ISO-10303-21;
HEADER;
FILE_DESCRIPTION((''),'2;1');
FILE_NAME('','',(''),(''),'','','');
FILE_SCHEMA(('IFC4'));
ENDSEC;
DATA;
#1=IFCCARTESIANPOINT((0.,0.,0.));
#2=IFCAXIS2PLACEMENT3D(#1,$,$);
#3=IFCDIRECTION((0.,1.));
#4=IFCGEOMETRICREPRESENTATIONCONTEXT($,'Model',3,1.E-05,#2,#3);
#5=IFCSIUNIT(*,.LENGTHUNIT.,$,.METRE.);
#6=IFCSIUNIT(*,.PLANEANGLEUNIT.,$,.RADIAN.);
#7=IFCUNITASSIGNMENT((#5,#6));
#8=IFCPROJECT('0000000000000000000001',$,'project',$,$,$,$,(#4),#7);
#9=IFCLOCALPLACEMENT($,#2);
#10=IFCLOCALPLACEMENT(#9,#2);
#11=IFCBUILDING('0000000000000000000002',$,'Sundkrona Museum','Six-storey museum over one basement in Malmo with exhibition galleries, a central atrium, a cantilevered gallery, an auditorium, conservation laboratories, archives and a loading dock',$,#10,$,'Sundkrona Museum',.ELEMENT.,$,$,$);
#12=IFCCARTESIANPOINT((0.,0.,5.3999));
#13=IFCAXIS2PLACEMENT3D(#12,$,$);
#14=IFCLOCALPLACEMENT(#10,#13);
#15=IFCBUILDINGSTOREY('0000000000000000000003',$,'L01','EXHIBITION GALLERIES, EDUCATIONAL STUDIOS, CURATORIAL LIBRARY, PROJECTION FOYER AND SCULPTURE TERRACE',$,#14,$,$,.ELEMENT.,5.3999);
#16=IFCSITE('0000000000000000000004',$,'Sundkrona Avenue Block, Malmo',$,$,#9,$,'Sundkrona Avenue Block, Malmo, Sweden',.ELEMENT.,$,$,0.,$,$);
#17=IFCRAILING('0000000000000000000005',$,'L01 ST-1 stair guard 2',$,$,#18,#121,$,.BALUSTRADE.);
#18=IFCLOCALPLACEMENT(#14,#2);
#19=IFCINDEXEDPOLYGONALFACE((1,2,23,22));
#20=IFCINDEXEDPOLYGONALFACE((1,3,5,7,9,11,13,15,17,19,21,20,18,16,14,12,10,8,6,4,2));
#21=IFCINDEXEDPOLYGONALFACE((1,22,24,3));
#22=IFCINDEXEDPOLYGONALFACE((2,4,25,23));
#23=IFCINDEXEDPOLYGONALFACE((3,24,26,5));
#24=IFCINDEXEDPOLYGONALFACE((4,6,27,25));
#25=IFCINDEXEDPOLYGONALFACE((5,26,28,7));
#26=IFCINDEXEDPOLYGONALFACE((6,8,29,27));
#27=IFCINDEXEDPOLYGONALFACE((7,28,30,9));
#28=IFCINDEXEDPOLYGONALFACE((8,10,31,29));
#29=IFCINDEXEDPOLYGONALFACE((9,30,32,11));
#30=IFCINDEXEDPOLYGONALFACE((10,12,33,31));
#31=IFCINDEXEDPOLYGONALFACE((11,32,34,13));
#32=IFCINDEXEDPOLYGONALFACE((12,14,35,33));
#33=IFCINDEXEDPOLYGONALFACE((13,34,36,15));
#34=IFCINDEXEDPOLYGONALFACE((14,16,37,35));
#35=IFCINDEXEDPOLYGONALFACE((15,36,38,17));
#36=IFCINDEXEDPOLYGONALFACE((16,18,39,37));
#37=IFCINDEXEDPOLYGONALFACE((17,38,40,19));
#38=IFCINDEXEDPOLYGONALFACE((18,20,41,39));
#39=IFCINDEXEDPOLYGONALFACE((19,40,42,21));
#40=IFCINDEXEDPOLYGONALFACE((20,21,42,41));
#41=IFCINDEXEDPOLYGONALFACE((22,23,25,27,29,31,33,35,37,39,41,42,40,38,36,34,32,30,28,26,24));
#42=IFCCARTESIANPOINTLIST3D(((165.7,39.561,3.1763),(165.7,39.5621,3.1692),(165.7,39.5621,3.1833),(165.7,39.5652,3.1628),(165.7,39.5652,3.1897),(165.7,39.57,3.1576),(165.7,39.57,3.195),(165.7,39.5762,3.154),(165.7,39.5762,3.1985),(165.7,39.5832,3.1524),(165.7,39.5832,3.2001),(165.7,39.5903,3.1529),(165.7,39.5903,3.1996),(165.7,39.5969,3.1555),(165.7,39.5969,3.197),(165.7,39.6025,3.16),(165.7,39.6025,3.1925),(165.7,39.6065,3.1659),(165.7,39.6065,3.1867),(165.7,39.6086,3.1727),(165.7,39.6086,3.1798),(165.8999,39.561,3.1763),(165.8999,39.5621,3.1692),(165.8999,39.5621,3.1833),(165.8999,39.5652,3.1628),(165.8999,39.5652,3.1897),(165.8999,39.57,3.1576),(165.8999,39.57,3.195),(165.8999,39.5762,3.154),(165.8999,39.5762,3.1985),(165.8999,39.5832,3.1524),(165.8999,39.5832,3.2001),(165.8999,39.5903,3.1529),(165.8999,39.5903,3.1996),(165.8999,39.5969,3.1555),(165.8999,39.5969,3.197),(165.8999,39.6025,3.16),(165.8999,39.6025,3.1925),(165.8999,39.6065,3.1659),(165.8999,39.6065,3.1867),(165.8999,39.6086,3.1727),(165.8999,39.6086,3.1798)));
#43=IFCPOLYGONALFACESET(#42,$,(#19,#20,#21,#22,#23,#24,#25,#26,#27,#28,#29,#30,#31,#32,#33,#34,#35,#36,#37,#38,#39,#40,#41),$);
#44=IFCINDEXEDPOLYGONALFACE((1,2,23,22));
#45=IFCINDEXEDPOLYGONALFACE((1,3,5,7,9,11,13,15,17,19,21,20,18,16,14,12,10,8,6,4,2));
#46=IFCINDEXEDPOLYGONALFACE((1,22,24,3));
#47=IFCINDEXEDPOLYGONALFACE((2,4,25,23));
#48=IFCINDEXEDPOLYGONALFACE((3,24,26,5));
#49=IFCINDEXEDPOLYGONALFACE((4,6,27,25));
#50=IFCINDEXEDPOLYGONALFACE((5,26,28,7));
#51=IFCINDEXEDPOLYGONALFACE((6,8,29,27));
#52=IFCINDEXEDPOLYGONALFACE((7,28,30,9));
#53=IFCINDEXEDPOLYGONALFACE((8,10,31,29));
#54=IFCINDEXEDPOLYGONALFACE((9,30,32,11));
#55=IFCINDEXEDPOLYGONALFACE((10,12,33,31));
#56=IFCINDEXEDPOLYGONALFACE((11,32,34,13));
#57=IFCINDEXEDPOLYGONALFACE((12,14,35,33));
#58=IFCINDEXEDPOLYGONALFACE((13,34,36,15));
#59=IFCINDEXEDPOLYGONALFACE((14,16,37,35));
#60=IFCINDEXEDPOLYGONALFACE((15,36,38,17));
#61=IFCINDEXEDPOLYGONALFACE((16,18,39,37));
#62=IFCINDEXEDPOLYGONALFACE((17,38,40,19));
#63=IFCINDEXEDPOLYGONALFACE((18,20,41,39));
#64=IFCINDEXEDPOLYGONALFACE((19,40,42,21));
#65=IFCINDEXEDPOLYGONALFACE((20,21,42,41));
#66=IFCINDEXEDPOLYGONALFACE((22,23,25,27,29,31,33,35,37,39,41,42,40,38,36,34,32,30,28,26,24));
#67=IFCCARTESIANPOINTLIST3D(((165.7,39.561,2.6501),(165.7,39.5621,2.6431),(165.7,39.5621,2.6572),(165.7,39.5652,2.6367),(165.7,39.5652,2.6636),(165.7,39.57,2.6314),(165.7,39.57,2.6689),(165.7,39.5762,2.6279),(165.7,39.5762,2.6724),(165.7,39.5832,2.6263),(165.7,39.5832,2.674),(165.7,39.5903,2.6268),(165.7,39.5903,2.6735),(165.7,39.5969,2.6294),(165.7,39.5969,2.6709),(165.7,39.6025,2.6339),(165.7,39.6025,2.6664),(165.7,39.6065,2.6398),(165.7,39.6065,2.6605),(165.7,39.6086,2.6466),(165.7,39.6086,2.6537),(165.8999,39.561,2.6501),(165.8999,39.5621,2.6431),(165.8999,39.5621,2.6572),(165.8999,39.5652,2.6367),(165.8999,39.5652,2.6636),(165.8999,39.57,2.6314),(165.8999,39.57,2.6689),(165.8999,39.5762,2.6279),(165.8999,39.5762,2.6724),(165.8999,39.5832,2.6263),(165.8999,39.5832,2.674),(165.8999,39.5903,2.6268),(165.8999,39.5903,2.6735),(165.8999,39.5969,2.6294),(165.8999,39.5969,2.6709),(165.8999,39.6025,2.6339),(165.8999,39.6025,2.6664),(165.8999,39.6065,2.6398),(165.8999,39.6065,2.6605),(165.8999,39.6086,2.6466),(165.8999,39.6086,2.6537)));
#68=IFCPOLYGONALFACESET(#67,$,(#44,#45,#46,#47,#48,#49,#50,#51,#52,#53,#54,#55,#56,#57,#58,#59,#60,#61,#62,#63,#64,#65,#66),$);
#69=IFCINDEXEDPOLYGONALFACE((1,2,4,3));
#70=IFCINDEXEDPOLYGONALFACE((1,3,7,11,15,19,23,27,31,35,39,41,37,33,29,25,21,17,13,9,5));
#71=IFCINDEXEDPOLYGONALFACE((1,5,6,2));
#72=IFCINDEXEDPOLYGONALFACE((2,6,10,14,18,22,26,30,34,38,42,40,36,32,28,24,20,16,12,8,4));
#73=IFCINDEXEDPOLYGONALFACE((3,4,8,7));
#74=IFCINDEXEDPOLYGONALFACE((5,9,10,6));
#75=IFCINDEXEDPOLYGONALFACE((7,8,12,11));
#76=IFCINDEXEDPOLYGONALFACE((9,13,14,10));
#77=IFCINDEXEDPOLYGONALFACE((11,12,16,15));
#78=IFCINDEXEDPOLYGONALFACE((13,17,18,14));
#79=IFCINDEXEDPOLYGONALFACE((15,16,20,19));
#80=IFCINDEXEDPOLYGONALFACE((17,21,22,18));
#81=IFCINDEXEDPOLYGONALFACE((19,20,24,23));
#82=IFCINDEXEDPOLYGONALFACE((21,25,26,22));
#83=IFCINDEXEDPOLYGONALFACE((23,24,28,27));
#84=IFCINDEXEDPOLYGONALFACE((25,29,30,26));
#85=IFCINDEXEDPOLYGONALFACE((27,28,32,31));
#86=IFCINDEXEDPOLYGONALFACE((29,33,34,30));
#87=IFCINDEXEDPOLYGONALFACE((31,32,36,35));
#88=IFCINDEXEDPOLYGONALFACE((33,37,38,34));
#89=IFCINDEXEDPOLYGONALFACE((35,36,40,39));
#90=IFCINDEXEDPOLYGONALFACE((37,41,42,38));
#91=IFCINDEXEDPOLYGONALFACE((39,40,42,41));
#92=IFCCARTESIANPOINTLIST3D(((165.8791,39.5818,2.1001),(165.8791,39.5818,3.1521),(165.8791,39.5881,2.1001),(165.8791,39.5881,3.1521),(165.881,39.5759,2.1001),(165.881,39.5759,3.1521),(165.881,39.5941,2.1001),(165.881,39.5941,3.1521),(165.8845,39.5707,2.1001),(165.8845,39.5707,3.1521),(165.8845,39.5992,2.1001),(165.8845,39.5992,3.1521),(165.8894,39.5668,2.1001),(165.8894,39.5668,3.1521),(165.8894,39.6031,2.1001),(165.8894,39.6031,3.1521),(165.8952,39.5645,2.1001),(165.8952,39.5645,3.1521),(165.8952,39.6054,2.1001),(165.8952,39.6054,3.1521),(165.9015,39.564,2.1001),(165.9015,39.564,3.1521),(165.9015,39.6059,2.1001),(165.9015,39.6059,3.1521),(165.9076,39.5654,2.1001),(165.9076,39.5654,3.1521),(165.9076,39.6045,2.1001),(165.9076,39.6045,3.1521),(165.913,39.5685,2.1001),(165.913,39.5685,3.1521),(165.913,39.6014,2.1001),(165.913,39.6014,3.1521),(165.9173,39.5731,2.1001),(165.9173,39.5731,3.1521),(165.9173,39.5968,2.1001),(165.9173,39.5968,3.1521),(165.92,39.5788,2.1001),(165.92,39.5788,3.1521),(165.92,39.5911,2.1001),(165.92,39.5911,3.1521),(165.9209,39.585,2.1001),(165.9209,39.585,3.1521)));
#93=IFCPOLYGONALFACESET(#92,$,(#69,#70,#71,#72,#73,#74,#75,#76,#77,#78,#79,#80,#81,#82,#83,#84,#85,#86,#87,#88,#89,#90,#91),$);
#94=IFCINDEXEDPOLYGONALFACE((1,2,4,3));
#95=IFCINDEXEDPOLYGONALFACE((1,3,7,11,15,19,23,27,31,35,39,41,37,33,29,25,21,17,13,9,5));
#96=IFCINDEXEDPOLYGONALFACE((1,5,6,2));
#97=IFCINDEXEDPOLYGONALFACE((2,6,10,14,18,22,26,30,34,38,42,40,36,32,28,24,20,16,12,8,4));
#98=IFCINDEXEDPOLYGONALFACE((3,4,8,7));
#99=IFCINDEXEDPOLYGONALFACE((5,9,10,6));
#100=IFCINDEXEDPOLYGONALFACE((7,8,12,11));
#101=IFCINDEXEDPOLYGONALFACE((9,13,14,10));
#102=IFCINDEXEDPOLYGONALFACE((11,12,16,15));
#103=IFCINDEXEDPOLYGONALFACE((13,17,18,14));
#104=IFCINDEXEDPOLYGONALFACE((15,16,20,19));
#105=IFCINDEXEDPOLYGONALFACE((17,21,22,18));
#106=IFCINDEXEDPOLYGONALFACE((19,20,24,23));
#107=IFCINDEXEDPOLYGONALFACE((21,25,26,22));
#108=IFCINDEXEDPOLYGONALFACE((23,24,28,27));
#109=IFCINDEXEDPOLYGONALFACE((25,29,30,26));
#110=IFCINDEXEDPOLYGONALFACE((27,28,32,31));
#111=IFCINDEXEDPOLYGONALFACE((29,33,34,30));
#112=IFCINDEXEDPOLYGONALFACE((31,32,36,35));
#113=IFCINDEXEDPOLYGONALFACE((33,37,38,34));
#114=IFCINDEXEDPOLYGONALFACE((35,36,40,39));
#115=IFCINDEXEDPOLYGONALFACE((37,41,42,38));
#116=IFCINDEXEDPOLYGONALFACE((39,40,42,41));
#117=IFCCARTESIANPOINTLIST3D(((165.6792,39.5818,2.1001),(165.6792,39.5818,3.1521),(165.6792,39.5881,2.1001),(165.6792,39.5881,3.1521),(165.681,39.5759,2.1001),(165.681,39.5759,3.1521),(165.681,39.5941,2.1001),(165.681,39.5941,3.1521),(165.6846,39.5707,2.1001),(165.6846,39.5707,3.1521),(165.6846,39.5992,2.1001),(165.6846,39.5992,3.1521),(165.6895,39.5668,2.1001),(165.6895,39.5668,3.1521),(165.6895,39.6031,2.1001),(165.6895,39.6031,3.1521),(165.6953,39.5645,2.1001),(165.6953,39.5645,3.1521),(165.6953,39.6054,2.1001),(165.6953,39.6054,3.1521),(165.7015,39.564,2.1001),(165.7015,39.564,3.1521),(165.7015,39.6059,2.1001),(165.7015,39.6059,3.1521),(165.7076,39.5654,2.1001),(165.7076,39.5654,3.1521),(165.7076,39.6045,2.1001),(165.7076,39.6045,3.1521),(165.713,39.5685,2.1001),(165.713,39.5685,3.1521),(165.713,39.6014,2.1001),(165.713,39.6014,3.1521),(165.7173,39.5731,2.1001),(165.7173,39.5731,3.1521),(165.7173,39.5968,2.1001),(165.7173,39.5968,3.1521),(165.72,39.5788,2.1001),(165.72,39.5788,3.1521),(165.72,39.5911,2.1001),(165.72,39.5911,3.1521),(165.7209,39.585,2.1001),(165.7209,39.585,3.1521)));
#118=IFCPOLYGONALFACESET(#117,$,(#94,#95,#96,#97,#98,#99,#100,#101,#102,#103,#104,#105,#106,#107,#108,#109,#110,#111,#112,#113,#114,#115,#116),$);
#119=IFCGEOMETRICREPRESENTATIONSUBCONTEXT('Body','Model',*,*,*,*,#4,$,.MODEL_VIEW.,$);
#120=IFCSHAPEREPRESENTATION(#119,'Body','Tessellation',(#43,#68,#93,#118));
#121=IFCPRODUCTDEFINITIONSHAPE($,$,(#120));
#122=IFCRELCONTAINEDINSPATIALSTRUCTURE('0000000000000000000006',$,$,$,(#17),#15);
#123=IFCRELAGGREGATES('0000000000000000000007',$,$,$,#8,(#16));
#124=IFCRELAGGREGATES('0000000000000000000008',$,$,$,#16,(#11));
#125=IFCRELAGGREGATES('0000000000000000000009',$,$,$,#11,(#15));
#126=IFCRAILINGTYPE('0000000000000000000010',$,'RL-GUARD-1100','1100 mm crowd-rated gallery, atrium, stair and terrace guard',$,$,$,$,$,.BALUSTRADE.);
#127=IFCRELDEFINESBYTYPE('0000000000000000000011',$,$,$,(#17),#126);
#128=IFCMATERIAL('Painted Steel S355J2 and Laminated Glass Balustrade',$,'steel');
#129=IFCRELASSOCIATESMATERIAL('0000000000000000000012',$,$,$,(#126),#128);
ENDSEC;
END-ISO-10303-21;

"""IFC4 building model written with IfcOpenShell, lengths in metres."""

from ifc_helpers import new_model, si_unit, direction, frame, origin, origin_2d, place, context, subcontext, project, spatial, circle, extrude, material, type_object, element, save


model = new_model("IFC4")

# Units and contexts
model_context = context("Model", 3, precision=1e-05, world=origin(), true_north=direction((0.0, 1.0)))
body_context = subcontext(model_context, "Body", "Model", "MODEL_VIEW")
ifc_project = project(units=[si_unit("LENGTHUNIT", "METRE"), si_unit("PLANEANGLEUNIT", "RADIAN")], contexts=[model_context])

# Site, building, storey
site_placement = place(None, origin())
site = spatial("IfcSite", under=ifc_project, at=site_placement, Name="Sundkrona Avenue Block, Malmo", LongName="Sundkrona Avenue Block, Malmo, Sweden", CompositionType="ELEMENT", RefElevation=0.0)
building_placement = place(site_placement, origin())
building = spatial("IfcBuilding", under=site, at=building_placement, Name="Sundkrona Museum", Description="Six-storey museum over one basement in Malmo with exhibition galleries, a central atrium, a cantilevered gallery, an auditorium, conservation laboratories, archives and a loading dock", LongName="Sundkrona Museum", CompositionType="ELEMENT")
storey_placement = place(building_placement, frame((0.0, 0.0, 5.3999)))
storey = spatial("IfcBuildingStorey", under=building, at=storey_placement, Name="L01", Description="EXHIBITION GALLERIES, EDUCATIONAL STUDIOS, CURATORIAL LIBRARY, PROJECTION FOYER AND SCULPTURE TERRACE", CompositionType="ELEMENT", Elevation=5.3999)

# Railing
ifc_material_1 = material(Name="Painted Steel S355J2 and Laminated Glass Balustrade", Category="steel")
railing_type_1 = type_object("IfcRailingType", Name="RL-GUARD-1100", Description="1100 mm crowd-rated gallery, atrium, stair and terrace guard", PredefinedType="BALUSTRADE", material=ifc_material_1)
railing_1_placement = place(storey_placement, frame((165.8999, 39.585, 2.1001)))
element("IfcRailing", 1, at=railing_1_placement, inside=storey, type_object=railing_type_1, Name="L01 ST-1 stair guard 2", PredefinedType="BALUSTRADE", context=body_context, shape_type="SweptSolid", body=[
    extrude(circle(Radius=0.0239, at=origin_2d()), frame((0.0, 0.0, 1.0762), z_axis=(-1.0, 0.0, 0.0), x_axis=(0.0, -1.0, 0.0)), (0.0, 0.0, 1.0), 0.2),
    extrude(circle(Radius=0.0239, at=origin_2d()), frame((0.0, 0.0, 0.55), z_axis=(-1.0, 0.0, 0.0), x_axis=(0.0, -1.0, 0.0)), (0.0, 0.0, 1.0), 0.2),
    extrude(circle(Radius=0.021, at=origin_2d()), origin(), (0.0, 0.0, 1.0), 1.052),
    extrude(circle(Radius=0.021, at=origin_2d()), frame((-0.2, 0.0, 0.0)), (0.0, 0.0, 1.0), 1.052),
])

save(model, "model.ifc")
